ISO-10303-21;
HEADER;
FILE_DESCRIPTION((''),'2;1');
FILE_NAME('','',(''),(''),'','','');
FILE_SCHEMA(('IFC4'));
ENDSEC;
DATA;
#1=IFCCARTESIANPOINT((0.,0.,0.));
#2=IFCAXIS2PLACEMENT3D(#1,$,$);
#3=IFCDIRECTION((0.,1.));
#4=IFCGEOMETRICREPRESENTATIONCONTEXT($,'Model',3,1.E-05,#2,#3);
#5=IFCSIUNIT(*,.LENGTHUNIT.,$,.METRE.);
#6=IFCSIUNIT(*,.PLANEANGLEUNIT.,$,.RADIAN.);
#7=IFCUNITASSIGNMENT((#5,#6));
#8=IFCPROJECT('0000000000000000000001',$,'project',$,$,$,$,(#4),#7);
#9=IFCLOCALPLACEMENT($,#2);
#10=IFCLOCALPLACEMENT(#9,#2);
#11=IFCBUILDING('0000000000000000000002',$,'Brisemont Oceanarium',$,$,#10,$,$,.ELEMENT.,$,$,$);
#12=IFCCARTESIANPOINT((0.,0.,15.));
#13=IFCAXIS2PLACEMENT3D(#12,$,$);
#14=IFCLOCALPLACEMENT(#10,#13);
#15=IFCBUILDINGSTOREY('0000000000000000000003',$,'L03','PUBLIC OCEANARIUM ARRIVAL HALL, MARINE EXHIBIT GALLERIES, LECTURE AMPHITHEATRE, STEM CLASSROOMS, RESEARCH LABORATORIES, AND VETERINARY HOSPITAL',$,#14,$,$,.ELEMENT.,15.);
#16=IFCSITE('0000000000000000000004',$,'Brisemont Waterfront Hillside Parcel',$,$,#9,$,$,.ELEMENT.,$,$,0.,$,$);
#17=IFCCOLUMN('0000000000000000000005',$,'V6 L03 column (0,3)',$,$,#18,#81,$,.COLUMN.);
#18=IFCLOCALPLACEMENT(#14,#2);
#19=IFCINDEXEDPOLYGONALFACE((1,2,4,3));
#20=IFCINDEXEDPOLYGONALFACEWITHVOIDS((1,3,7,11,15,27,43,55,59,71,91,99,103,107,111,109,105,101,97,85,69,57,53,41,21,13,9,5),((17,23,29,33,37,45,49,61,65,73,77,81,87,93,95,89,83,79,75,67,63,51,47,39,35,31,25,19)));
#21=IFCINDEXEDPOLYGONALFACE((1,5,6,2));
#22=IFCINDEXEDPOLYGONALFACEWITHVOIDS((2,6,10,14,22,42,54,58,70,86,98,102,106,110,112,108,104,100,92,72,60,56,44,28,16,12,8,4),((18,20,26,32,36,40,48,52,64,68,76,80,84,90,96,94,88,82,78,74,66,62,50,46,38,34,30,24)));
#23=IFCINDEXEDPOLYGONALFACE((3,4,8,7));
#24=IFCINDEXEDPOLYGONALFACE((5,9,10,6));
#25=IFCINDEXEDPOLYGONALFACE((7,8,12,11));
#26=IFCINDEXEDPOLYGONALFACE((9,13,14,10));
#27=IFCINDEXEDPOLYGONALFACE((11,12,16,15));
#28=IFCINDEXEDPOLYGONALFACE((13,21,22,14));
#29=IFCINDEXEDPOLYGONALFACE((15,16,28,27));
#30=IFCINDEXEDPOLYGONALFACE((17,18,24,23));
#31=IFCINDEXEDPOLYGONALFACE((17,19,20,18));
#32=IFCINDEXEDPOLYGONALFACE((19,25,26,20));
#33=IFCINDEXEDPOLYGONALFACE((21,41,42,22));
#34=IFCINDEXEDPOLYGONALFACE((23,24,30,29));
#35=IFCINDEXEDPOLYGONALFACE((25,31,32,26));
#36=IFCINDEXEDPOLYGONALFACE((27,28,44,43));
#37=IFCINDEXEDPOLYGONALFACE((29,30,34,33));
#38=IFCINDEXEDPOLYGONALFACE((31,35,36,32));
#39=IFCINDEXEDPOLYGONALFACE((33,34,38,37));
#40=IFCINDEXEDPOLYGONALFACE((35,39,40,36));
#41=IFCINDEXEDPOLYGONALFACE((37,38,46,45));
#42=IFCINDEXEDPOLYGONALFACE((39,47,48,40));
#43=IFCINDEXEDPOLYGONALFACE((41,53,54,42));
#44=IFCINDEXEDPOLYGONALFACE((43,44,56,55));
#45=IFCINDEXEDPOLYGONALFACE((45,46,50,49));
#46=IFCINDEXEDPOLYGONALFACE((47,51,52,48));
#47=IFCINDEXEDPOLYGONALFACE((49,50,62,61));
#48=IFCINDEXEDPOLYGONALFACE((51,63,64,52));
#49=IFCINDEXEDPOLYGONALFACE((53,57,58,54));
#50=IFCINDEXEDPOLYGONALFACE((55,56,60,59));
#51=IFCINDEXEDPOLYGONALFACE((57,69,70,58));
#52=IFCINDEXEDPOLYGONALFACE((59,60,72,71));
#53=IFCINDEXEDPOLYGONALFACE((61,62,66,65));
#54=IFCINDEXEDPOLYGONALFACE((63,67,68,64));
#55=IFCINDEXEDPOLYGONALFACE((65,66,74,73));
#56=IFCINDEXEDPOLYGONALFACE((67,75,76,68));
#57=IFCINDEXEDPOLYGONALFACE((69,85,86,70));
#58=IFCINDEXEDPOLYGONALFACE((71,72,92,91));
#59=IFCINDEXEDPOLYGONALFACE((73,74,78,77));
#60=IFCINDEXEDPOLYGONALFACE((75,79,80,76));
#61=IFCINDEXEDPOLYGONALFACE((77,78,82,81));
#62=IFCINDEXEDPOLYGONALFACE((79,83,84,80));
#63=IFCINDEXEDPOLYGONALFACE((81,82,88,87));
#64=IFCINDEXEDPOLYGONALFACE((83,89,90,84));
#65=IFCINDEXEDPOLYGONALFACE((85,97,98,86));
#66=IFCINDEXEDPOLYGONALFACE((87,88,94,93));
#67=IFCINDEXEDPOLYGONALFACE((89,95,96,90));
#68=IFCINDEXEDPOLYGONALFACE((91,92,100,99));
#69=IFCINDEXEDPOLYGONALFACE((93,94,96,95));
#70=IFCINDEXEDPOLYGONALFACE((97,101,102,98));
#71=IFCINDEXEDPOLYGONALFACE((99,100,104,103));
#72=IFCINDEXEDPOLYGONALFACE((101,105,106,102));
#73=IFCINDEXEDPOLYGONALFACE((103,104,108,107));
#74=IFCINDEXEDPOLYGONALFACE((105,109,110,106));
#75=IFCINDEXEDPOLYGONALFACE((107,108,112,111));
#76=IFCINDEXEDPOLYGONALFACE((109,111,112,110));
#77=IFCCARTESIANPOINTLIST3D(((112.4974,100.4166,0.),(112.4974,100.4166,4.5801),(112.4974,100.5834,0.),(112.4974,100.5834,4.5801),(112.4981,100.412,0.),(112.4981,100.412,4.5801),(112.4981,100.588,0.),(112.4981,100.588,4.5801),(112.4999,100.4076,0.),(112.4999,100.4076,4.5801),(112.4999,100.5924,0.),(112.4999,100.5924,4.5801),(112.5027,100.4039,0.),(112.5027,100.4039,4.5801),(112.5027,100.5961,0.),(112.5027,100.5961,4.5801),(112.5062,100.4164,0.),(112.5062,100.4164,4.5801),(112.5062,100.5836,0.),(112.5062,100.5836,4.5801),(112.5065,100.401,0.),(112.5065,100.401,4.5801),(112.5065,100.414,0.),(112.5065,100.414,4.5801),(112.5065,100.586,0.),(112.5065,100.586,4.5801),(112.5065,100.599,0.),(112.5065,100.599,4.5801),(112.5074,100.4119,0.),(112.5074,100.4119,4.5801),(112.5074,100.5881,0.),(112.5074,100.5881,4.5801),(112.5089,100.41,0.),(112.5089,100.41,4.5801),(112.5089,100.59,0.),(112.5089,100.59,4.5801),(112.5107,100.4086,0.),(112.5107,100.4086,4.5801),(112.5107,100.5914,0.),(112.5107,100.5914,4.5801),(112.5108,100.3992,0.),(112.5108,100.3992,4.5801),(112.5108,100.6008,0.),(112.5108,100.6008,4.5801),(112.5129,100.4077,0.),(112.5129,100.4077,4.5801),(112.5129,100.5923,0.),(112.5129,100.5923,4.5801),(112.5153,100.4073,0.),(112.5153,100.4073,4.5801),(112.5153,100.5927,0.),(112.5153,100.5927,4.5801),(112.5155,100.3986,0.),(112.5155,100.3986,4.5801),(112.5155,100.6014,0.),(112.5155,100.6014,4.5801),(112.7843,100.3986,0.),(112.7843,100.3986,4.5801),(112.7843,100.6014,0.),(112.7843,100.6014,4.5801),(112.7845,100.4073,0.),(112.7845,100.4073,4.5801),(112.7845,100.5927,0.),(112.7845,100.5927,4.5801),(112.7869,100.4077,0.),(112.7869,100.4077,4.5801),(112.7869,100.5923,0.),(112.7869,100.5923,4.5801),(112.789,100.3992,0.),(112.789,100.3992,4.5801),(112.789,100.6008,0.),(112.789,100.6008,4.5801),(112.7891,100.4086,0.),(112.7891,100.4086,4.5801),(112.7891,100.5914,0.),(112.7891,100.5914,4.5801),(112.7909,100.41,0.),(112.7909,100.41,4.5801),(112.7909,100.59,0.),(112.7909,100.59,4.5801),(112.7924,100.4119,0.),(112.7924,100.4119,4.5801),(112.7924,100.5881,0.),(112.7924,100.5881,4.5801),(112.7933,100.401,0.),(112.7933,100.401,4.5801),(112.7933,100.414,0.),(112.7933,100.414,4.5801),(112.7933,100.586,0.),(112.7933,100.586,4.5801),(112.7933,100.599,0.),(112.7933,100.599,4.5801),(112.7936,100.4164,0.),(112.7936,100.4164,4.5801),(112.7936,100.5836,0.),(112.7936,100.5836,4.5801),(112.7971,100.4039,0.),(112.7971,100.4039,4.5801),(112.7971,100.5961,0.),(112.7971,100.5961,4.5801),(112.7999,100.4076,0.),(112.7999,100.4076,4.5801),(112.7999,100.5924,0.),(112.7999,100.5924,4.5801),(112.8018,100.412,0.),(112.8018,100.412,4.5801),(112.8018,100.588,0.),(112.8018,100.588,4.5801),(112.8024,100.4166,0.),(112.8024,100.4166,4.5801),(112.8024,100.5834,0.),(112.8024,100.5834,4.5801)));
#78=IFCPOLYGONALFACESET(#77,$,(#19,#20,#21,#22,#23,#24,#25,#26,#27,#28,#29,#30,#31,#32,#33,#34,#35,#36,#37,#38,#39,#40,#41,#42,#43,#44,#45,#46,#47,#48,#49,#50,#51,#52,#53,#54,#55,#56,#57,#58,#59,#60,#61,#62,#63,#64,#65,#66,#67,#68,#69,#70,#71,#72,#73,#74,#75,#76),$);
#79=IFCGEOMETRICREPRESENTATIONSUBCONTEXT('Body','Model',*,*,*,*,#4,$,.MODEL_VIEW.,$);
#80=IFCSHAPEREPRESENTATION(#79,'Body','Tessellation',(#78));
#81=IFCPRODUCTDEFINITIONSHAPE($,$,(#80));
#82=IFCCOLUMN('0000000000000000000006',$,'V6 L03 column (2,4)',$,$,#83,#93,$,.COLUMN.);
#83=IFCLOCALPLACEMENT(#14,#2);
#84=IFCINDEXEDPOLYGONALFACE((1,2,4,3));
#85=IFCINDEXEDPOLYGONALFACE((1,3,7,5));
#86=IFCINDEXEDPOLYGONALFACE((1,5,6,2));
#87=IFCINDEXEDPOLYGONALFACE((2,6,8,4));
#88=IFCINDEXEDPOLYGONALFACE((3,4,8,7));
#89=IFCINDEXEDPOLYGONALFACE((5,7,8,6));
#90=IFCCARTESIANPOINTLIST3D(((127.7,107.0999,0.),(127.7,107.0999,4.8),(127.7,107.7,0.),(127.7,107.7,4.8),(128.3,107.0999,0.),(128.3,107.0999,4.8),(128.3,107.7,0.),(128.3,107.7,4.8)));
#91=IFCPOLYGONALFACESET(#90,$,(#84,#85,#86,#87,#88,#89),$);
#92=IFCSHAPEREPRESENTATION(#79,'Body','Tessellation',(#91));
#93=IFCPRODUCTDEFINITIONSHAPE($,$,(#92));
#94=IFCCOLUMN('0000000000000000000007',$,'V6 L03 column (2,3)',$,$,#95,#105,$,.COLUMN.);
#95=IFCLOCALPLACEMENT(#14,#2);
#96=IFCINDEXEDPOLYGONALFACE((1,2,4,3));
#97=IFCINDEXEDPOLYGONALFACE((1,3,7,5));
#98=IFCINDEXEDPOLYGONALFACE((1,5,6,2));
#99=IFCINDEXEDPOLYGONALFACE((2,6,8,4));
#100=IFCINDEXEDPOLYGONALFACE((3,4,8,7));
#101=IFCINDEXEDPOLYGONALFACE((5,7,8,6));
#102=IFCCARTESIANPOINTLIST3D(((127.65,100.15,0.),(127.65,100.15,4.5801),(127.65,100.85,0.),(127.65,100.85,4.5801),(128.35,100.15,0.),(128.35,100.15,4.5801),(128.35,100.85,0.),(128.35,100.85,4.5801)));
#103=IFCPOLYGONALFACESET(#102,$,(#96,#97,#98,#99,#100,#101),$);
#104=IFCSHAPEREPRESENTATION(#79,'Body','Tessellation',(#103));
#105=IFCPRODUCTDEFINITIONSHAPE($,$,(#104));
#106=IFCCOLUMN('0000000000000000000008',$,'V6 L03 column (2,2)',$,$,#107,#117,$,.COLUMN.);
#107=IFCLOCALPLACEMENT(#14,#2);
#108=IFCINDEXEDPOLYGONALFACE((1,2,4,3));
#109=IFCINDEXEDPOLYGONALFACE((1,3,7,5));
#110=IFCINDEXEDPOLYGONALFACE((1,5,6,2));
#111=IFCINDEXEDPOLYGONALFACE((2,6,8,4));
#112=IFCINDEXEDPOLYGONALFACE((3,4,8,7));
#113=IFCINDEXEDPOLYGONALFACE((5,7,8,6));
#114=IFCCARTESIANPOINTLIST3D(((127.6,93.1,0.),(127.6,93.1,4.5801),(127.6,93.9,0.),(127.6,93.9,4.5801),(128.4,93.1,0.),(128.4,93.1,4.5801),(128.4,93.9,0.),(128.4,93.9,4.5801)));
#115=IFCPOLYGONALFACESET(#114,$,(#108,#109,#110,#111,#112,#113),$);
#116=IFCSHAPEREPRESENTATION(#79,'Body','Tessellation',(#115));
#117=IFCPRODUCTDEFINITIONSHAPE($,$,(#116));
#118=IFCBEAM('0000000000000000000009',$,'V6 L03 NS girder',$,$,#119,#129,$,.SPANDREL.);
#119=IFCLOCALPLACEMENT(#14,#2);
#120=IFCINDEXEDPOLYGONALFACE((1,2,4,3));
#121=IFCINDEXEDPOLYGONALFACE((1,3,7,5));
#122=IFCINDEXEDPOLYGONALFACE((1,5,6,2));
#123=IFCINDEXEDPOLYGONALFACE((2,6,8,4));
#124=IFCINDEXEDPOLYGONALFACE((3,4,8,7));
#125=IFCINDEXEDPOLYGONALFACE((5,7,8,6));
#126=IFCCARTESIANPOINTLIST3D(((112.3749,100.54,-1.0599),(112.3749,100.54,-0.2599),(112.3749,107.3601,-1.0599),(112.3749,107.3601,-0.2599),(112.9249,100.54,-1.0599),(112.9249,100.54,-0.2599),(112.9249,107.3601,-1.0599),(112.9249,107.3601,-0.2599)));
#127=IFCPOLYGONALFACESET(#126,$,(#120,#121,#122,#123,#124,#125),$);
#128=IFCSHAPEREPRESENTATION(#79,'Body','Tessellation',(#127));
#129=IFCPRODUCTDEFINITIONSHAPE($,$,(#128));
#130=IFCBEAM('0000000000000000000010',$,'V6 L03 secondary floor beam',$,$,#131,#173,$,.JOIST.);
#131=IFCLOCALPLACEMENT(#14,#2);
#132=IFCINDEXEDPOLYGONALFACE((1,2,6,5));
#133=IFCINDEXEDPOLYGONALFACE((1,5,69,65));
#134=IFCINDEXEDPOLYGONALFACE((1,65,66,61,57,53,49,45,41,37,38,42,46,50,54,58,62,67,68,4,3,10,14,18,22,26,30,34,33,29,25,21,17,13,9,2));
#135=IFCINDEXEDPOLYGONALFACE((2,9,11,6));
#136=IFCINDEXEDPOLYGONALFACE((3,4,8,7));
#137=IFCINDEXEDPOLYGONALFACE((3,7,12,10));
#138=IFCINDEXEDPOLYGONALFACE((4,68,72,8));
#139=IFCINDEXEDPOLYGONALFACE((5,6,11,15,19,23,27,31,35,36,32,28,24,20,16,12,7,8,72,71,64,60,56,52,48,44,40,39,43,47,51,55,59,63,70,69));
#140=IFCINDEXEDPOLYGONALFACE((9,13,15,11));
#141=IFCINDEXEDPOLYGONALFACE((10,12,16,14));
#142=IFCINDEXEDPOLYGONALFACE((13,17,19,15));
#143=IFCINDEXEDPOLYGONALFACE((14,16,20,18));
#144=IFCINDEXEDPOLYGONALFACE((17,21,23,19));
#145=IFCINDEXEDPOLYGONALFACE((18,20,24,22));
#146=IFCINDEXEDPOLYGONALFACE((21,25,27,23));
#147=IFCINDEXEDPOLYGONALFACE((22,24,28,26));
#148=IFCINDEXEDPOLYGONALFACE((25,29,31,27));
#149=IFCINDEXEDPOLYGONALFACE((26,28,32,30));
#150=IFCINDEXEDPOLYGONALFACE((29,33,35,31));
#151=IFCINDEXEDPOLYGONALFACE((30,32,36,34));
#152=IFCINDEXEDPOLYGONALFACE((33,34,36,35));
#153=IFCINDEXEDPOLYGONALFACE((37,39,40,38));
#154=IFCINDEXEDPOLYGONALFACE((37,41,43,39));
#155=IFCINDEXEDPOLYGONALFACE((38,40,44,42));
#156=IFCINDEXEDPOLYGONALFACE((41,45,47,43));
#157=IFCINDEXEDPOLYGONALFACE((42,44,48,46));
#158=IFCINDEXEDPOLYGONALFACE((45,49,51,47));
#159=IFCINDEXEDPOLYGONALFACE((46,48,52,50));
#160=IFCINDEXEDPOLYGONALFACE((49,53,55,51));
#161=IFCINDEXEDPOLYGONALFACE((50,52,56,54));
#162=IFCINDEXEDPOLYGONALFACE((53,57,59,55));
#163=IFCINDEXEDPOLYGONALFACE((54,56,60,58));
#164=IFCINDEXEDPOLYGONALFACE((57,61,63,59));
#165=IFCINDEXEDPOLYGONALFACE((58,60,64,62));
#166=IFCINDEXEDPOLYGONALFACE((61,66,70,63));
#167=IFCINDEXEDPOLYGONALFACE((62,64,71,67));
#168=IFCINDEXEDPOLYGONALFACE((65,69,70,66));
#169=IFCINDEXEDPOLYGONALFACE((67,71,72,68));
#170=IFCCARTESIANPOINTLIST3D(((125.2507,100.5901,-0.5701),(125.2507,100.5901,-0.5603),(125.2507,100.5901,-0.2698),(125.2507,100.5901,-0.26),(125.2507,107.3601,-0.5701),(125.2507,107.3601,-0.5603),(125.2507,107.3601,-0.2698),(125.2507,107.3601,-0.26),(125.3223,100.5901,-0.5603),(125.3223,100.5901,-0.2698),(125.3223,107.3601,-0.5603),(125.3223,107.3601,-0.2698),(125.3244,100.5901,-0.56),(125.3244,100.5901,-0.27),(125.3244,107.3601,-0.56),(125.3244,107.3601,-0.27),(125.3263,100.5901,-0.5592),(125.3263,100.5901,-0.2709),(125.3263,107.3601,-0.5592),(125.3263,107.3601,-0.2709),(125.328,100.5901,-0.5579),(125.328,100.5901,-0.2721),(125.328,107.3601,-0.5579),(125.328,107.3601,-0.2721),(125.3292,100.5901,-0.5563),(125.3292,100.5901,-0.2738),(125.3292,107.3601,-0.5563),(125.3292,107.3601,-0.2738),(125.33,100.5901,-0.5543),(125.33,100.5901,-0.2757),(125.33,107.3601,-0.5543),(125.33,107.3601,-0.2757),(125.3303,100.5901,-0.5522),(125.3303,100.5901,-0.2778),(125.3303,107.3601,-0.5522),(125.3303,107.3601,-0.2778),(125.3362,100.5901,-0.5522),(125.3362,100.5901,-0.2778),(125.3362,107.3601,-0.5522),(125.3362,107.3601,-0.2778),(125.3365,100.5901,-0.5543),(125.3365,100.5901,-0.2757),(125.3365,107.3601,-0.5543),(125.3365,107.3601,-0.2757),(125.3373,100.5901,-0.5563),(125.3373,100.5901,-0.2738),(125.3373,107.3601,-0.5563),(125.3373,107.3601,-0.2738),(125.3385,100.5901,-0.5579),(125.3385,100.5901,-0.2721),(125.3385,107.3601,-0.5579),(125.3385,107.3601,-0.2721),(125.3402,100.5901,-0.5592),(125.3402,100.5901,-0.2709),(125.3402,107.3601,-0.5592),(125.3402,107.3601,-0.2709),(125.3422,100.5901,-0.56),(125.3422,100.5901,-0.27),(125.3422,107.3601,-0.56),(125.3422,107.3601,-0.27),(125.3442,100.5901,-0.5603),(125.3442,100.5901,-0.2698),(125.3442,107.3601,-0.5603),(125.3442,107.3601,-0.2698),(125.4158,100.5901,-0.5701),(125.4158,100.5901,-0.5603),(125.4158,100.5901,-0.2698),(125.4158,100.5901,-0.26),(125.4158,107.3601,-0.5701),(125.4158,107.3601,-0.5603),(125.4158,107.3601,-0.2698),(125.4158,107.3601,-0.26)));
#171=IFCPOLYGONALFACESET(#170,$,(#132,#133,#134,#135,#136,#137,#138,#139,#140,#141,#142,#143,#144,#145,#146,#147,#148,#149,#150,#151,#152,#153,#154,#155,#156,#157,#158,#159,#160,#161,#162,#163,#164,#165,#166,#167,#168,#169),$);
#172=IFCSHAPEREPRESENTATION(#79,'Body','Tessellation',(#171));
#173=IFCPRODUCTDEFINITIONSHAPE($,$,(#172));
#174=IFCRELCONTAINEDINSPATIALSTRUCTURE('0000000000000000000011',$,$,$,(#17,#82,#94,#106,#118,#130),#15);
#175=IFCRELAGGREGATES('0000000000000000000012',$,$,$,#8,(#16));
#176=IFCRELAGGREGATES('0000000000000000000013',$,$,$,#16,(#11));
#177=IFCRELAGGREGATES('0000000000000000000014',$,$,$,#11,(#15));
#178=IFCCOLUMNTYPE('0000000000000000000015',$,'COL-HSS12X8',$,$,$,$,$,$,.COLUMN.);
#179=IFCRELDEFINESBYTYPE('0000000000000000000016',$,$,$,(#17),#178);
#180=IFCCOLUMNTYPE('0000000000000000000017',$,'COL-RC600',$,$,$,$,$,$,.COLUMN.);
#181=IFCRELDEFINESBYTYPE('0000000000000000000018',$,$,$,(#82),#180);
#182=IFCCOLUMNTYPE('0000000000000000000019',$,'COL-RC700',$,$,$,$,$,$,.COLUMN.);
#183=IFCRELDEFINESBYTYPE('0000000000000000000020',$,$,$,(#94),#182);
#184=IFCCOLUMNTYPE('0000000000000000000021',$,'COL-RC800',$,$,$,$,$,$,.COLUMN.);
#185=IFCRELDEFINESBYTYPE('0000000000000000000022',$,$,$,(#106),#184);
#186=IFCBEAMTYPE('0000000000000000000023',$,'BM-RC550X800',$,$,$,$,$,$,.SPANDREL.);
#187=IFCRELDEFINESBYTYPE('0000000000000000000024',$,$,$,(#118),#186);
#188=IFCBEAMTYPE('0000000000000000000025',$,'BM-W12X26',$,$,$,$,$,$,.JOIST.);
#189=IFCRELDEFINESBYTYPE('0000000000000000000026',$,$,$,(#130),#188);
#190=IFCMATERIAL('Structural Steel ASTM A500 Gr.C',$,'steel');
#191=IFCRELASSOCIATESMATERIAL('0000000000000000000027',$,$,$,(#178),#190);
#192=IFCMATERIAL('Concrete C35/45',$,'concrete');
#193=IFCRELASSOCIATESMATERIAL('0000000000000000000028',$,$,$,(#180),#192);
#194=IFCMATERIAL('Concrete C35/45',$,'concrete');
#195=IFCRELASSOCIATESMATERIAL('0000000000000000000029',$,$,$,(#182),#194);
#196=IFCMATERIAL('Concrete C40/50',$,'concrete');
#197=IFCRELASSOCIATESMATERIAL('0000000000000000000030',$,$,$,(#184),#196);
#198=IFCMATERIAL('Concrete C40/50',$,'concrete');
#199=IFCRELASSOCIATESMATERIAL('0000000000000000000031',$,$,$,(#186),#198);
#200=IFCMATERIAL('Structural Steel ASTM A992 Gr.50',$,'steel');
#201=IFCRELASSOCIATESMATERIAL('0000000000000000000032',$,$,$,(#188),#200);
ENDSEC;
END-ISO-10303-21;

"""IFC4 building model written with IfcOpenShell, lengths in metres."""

from ifc_helpers import new_model, si_unit, direction, frame, origin, origin_2d, place, context, subcontext, project, spatial, rectangle, hollow_rectangle, i_section, extrude, material, material_profile, profile_set, type_object, element, save


model = new_model("IFC4")

# Units and contexts
model_context = context("Model", 3, precision=1e-05, world=origin(), true_north=direction((0.0, 1.0)))
body_context = subcontext(model_context, "Body", "Model", "MODEL_VIEW")
ifc_project = project(units=[si_unit("LENGTHUNIT", "METRE"), si_unit("PLANEANGLEUNIT", "RADIAN")], contexts=[model_context])

# Site, building, storey
site_placement = place(None, origin())
site = spatial("IfcSite", under=ifc_project, at=site_placement, Name="Brisemont Waterfront Hillside Parcel", CompositionType="ELEMENT", RefElevation=0.0)
building_placement = place(site_placement, origin())
building = spatial("IfcBuilding", under=site, at=building_placement, Name="Brisemont Oceanarium", CompositionType="ELEMENT")
storey_placement = place(building_placement, frame((0.0, 0.0, 15.0)))
storey = spatial("IfcBuildingStorey", under=building, at=storey_placement, Name="L03", Description="PUBLIC OCEANARIUM ARRIVAL HALL, MARINE EXHIBIT GALLERIES, LECTURE AMPHITHEATRE, STEM CLASSROOMS, RESEARCH LABORATORIES, AND VETERINARY HOSPITAL", CompositionType="ELEMENT", Elevation=15.0)

# Columns
ifc_material_1 = material(Name="Structural Steel ASTM A500 Gr.C", Category="steel")
ifc_material_profile_1 = material_profile(ifc_material_1, hollow_rectangle(XDim=0.2029, YDim=0.3049, WallThickness=0.0088, InnerFilletRadius=0.009, OuterFilletRadius=0.0181, at=origin_2d()), Name="HSS12X8X3/8")
ifc_profile_set_1 = profile_set([ifc_material_profile_1], Name="Structural Steel ASTM A500 Gr.C")
column_type_1 = type_object("IfcColumnType", Name="COL-HSS12X8", PredefinedType="COLUMN", material=ifc_profile_set_1)
column_1_placement = place(storey_placement, frame((112.6499, 100.5, 0.0), z_axis=(0.0, 0.0, 1.0), x_axis=(0.0, 1.0, 0.0)))
element("IfcColumn", 1, at=column_1_placement, inside=storey, type_object=column_type_1, Name="V6 L03 column (0,3)", PredefinedType="COLUMN", context=body_context, shape_type="SweptSolid", body=[
    extrude(hollow_rectangle(XDim=0.2029, YDim=0.3049, WallThickness=0.0088, InnerFilletRadius=0.009, OuterFilletRadius=0.0181, at=origin_2d()), origin(), (0.0, 0.0, 1.0), 4.5801),
])
ifc_material_2 = material(Name="Concrete C35/45", Category="concrete")
ifc_material_profile_2 = material_profile(ifc_material_2, rectangle(XDim=0.6001, YDim=0.6001, at=origin_2d()), Name="RC-COL-600X600")
ifc_profile_set_2 = profile_set([ifc_material_profile_2], Name="Concrete C35/45")
column_type_2 = type_object("IfcColumnType", Name="COL-RC600", PredefinedType="COLUMN", material=ifc_profile_set_2)
column_2_placement = place(storey_placement, frame((128.0, 107.3999, 0.0), z_axis=(0.0, 0.0, 1.0), x_axis=(1.0, 0.0, 0.0)))
element("IfcColumn", 2, at=column_2_placement, inside=storey, type_object=column_type_2, Name="V6 L03 column (2,4)", PredefinedType="COLUMN", context=body_context, shape_type="SweptSolid", body=[
    extrude(rectangle(XDim=0.6001, YDim=0.6001, at=origin_2d()), origin(), (0.0, 0.0, 1.0), 4.8),
])
ifc_material_3 = material(Name="Concrete C35/45", Category="concrete")
ifc_material_profile_3 = material_profile(ifc_material_3, rectangle(XDim=0.7, YDim=0.7, at=origin_2d()), Name="RC-COL-700X700")
ifc_profile_set_3 = profile_set([ifc_material_profile_3], Name="Concrete C35/45")
column_type_3 = type_object("IfcColumnType", Name="COL-RC700", PredefinedType="COLUMN", material=ifc_profile_set_3)
column_3_placement = place(storey_placement, frame((128.0, 100.5, 0.0), z_axis=(0.0, 0.0, 1.0), x_axis=(0.0, 1.0, 0.0)))
element("IfcColumn", 3, at=column_3_placement, inside=storey, type_object=column_type_3, Name="V6 L03 column (2,3)", PredefinedType="COLUMN", context=body_context, shape_type="SweptSolid", body=[
    extrude(rectangle(XDim=0.7, YDim=0.7, at=origin_2d()), origin(), (0.0, 0.0, 1.0), 4.5801),
])
ifc_material_4 = material(Name="Concrete C40/50", Category="concrete")
ifc_material_profile_4 = material_profile(ifc_material_4, rectangle(XDim=0.8, YDim=0.8, at=origin_2d()), Name="RC-COL-800X800")
ifc_profile_set_4 = profile_set([ifc_material_profile_4], Name="Concrete C40/50")
column_type_4 = type_object("IfcColumnType", Name="COL-RC800", PredefinedType="COLUMN", material=ifc_profile_set_4)
column_4_placement = place(storey_placement, frame((128.0, 93.5, 0.0), z_axis=(0.0, 0.0, 1.0), x_axis=(1.0, 0.0, 0.0)))
element("IfcColumn", 4, at=column_4_placement, inside=storey, type_object=column_type_4, Name="V6 L03 column (2,2)", PredefinedType="COLUMN", context=body_context, shape_type="SweptSolid", body=[
    extrude(rectangle(XDim=0.8, YDim=0.8, at=origin_2d()), origin(), (0.0, 0.0, 1.0), 4.5801),
])

# Beams
ifc_material_5 = material(Name="Concrete C40/50", Category="concrete")
ifc_material_profile_5 = material_profile(ifc_material_5, rectangle(XDim=0.55, YDim=0.8, at=origin_2d()), Name="RC-BM-550X800")
ifc_profile_set_5 = profile_set([ifc_material_profile_5], Name="Concrete C40/50")
beam_type_1 = type_object("IfcBeamType", Name="BM-RC550X800", PredefinedType="SPANDREL", material=ifc_profile_set_5)
beam_1_placement = place(storey_placement, frame((112.6499, 100.54, -0.6599), z_axis=(0.0, 1.0, 0.0), x_axis=(-1.0, 0.0, 0.0)))
element("IfcBeam", 5, at=beam_1_placement, inside=storey, type_object=beam_type_1, Name="V6 L03 NS girder", PredefinedType="SPANDREL", context=body_context, shape_type="SweptSolid", body=[
    extrude(rectangle(XDim=0.55, YDim=0.8, at=origin_2d()), origin(), (0.0, 0.0, 1.0), 6.8201),
])
ifc_material_6 = material(Name="Structural Steel ASTM A992 Gr.50", Category="steel")
ifc_material_profile_6 = material_profile(ifc_material_6, i_section(OverallWidth=0.165, OverallDepth=0.3101, WebThickness=0.0059, FlangeThickness=0.0098, FilletRadius=0.0081, at=origin_2d()), Name="W12X26")
ifc_profile_set_6 = profile_set([ifc_material_profile_6], Name="Structural Steel ASTM A992 Gr.50")
beam_type_2 = type_object("IfcBeamType", Name="BM-W12X26", PredefinedType="JOIST", material=ifc_profile_set_6)
beam_2_placement = place(storey_placement, frame((125.3333, 100.5901, -0.415), z_axis=(0.0, 1.0, 0.0), x_axis=(-1.0, 0.0, 0.0)))
element("IfcBeam", 6, at=beam_2_placement, inside=storey, type_object=beam_type_2, Name="V6 L03 secondary floor beam", PredefinedType="JOIST", context=body_context, shape_type="SweptSolid", body=[
    extrude(i_section(OverallWidth=0.165, OverallDepth=0.3101, WebThickness=0.0059, FlangeThickness=0.0098, FilletRadius=0.0081, at=origin_2d()), origin(), (0.0, 0.0, 1.0), 6.77),
])

save(model, "model.ifc")
